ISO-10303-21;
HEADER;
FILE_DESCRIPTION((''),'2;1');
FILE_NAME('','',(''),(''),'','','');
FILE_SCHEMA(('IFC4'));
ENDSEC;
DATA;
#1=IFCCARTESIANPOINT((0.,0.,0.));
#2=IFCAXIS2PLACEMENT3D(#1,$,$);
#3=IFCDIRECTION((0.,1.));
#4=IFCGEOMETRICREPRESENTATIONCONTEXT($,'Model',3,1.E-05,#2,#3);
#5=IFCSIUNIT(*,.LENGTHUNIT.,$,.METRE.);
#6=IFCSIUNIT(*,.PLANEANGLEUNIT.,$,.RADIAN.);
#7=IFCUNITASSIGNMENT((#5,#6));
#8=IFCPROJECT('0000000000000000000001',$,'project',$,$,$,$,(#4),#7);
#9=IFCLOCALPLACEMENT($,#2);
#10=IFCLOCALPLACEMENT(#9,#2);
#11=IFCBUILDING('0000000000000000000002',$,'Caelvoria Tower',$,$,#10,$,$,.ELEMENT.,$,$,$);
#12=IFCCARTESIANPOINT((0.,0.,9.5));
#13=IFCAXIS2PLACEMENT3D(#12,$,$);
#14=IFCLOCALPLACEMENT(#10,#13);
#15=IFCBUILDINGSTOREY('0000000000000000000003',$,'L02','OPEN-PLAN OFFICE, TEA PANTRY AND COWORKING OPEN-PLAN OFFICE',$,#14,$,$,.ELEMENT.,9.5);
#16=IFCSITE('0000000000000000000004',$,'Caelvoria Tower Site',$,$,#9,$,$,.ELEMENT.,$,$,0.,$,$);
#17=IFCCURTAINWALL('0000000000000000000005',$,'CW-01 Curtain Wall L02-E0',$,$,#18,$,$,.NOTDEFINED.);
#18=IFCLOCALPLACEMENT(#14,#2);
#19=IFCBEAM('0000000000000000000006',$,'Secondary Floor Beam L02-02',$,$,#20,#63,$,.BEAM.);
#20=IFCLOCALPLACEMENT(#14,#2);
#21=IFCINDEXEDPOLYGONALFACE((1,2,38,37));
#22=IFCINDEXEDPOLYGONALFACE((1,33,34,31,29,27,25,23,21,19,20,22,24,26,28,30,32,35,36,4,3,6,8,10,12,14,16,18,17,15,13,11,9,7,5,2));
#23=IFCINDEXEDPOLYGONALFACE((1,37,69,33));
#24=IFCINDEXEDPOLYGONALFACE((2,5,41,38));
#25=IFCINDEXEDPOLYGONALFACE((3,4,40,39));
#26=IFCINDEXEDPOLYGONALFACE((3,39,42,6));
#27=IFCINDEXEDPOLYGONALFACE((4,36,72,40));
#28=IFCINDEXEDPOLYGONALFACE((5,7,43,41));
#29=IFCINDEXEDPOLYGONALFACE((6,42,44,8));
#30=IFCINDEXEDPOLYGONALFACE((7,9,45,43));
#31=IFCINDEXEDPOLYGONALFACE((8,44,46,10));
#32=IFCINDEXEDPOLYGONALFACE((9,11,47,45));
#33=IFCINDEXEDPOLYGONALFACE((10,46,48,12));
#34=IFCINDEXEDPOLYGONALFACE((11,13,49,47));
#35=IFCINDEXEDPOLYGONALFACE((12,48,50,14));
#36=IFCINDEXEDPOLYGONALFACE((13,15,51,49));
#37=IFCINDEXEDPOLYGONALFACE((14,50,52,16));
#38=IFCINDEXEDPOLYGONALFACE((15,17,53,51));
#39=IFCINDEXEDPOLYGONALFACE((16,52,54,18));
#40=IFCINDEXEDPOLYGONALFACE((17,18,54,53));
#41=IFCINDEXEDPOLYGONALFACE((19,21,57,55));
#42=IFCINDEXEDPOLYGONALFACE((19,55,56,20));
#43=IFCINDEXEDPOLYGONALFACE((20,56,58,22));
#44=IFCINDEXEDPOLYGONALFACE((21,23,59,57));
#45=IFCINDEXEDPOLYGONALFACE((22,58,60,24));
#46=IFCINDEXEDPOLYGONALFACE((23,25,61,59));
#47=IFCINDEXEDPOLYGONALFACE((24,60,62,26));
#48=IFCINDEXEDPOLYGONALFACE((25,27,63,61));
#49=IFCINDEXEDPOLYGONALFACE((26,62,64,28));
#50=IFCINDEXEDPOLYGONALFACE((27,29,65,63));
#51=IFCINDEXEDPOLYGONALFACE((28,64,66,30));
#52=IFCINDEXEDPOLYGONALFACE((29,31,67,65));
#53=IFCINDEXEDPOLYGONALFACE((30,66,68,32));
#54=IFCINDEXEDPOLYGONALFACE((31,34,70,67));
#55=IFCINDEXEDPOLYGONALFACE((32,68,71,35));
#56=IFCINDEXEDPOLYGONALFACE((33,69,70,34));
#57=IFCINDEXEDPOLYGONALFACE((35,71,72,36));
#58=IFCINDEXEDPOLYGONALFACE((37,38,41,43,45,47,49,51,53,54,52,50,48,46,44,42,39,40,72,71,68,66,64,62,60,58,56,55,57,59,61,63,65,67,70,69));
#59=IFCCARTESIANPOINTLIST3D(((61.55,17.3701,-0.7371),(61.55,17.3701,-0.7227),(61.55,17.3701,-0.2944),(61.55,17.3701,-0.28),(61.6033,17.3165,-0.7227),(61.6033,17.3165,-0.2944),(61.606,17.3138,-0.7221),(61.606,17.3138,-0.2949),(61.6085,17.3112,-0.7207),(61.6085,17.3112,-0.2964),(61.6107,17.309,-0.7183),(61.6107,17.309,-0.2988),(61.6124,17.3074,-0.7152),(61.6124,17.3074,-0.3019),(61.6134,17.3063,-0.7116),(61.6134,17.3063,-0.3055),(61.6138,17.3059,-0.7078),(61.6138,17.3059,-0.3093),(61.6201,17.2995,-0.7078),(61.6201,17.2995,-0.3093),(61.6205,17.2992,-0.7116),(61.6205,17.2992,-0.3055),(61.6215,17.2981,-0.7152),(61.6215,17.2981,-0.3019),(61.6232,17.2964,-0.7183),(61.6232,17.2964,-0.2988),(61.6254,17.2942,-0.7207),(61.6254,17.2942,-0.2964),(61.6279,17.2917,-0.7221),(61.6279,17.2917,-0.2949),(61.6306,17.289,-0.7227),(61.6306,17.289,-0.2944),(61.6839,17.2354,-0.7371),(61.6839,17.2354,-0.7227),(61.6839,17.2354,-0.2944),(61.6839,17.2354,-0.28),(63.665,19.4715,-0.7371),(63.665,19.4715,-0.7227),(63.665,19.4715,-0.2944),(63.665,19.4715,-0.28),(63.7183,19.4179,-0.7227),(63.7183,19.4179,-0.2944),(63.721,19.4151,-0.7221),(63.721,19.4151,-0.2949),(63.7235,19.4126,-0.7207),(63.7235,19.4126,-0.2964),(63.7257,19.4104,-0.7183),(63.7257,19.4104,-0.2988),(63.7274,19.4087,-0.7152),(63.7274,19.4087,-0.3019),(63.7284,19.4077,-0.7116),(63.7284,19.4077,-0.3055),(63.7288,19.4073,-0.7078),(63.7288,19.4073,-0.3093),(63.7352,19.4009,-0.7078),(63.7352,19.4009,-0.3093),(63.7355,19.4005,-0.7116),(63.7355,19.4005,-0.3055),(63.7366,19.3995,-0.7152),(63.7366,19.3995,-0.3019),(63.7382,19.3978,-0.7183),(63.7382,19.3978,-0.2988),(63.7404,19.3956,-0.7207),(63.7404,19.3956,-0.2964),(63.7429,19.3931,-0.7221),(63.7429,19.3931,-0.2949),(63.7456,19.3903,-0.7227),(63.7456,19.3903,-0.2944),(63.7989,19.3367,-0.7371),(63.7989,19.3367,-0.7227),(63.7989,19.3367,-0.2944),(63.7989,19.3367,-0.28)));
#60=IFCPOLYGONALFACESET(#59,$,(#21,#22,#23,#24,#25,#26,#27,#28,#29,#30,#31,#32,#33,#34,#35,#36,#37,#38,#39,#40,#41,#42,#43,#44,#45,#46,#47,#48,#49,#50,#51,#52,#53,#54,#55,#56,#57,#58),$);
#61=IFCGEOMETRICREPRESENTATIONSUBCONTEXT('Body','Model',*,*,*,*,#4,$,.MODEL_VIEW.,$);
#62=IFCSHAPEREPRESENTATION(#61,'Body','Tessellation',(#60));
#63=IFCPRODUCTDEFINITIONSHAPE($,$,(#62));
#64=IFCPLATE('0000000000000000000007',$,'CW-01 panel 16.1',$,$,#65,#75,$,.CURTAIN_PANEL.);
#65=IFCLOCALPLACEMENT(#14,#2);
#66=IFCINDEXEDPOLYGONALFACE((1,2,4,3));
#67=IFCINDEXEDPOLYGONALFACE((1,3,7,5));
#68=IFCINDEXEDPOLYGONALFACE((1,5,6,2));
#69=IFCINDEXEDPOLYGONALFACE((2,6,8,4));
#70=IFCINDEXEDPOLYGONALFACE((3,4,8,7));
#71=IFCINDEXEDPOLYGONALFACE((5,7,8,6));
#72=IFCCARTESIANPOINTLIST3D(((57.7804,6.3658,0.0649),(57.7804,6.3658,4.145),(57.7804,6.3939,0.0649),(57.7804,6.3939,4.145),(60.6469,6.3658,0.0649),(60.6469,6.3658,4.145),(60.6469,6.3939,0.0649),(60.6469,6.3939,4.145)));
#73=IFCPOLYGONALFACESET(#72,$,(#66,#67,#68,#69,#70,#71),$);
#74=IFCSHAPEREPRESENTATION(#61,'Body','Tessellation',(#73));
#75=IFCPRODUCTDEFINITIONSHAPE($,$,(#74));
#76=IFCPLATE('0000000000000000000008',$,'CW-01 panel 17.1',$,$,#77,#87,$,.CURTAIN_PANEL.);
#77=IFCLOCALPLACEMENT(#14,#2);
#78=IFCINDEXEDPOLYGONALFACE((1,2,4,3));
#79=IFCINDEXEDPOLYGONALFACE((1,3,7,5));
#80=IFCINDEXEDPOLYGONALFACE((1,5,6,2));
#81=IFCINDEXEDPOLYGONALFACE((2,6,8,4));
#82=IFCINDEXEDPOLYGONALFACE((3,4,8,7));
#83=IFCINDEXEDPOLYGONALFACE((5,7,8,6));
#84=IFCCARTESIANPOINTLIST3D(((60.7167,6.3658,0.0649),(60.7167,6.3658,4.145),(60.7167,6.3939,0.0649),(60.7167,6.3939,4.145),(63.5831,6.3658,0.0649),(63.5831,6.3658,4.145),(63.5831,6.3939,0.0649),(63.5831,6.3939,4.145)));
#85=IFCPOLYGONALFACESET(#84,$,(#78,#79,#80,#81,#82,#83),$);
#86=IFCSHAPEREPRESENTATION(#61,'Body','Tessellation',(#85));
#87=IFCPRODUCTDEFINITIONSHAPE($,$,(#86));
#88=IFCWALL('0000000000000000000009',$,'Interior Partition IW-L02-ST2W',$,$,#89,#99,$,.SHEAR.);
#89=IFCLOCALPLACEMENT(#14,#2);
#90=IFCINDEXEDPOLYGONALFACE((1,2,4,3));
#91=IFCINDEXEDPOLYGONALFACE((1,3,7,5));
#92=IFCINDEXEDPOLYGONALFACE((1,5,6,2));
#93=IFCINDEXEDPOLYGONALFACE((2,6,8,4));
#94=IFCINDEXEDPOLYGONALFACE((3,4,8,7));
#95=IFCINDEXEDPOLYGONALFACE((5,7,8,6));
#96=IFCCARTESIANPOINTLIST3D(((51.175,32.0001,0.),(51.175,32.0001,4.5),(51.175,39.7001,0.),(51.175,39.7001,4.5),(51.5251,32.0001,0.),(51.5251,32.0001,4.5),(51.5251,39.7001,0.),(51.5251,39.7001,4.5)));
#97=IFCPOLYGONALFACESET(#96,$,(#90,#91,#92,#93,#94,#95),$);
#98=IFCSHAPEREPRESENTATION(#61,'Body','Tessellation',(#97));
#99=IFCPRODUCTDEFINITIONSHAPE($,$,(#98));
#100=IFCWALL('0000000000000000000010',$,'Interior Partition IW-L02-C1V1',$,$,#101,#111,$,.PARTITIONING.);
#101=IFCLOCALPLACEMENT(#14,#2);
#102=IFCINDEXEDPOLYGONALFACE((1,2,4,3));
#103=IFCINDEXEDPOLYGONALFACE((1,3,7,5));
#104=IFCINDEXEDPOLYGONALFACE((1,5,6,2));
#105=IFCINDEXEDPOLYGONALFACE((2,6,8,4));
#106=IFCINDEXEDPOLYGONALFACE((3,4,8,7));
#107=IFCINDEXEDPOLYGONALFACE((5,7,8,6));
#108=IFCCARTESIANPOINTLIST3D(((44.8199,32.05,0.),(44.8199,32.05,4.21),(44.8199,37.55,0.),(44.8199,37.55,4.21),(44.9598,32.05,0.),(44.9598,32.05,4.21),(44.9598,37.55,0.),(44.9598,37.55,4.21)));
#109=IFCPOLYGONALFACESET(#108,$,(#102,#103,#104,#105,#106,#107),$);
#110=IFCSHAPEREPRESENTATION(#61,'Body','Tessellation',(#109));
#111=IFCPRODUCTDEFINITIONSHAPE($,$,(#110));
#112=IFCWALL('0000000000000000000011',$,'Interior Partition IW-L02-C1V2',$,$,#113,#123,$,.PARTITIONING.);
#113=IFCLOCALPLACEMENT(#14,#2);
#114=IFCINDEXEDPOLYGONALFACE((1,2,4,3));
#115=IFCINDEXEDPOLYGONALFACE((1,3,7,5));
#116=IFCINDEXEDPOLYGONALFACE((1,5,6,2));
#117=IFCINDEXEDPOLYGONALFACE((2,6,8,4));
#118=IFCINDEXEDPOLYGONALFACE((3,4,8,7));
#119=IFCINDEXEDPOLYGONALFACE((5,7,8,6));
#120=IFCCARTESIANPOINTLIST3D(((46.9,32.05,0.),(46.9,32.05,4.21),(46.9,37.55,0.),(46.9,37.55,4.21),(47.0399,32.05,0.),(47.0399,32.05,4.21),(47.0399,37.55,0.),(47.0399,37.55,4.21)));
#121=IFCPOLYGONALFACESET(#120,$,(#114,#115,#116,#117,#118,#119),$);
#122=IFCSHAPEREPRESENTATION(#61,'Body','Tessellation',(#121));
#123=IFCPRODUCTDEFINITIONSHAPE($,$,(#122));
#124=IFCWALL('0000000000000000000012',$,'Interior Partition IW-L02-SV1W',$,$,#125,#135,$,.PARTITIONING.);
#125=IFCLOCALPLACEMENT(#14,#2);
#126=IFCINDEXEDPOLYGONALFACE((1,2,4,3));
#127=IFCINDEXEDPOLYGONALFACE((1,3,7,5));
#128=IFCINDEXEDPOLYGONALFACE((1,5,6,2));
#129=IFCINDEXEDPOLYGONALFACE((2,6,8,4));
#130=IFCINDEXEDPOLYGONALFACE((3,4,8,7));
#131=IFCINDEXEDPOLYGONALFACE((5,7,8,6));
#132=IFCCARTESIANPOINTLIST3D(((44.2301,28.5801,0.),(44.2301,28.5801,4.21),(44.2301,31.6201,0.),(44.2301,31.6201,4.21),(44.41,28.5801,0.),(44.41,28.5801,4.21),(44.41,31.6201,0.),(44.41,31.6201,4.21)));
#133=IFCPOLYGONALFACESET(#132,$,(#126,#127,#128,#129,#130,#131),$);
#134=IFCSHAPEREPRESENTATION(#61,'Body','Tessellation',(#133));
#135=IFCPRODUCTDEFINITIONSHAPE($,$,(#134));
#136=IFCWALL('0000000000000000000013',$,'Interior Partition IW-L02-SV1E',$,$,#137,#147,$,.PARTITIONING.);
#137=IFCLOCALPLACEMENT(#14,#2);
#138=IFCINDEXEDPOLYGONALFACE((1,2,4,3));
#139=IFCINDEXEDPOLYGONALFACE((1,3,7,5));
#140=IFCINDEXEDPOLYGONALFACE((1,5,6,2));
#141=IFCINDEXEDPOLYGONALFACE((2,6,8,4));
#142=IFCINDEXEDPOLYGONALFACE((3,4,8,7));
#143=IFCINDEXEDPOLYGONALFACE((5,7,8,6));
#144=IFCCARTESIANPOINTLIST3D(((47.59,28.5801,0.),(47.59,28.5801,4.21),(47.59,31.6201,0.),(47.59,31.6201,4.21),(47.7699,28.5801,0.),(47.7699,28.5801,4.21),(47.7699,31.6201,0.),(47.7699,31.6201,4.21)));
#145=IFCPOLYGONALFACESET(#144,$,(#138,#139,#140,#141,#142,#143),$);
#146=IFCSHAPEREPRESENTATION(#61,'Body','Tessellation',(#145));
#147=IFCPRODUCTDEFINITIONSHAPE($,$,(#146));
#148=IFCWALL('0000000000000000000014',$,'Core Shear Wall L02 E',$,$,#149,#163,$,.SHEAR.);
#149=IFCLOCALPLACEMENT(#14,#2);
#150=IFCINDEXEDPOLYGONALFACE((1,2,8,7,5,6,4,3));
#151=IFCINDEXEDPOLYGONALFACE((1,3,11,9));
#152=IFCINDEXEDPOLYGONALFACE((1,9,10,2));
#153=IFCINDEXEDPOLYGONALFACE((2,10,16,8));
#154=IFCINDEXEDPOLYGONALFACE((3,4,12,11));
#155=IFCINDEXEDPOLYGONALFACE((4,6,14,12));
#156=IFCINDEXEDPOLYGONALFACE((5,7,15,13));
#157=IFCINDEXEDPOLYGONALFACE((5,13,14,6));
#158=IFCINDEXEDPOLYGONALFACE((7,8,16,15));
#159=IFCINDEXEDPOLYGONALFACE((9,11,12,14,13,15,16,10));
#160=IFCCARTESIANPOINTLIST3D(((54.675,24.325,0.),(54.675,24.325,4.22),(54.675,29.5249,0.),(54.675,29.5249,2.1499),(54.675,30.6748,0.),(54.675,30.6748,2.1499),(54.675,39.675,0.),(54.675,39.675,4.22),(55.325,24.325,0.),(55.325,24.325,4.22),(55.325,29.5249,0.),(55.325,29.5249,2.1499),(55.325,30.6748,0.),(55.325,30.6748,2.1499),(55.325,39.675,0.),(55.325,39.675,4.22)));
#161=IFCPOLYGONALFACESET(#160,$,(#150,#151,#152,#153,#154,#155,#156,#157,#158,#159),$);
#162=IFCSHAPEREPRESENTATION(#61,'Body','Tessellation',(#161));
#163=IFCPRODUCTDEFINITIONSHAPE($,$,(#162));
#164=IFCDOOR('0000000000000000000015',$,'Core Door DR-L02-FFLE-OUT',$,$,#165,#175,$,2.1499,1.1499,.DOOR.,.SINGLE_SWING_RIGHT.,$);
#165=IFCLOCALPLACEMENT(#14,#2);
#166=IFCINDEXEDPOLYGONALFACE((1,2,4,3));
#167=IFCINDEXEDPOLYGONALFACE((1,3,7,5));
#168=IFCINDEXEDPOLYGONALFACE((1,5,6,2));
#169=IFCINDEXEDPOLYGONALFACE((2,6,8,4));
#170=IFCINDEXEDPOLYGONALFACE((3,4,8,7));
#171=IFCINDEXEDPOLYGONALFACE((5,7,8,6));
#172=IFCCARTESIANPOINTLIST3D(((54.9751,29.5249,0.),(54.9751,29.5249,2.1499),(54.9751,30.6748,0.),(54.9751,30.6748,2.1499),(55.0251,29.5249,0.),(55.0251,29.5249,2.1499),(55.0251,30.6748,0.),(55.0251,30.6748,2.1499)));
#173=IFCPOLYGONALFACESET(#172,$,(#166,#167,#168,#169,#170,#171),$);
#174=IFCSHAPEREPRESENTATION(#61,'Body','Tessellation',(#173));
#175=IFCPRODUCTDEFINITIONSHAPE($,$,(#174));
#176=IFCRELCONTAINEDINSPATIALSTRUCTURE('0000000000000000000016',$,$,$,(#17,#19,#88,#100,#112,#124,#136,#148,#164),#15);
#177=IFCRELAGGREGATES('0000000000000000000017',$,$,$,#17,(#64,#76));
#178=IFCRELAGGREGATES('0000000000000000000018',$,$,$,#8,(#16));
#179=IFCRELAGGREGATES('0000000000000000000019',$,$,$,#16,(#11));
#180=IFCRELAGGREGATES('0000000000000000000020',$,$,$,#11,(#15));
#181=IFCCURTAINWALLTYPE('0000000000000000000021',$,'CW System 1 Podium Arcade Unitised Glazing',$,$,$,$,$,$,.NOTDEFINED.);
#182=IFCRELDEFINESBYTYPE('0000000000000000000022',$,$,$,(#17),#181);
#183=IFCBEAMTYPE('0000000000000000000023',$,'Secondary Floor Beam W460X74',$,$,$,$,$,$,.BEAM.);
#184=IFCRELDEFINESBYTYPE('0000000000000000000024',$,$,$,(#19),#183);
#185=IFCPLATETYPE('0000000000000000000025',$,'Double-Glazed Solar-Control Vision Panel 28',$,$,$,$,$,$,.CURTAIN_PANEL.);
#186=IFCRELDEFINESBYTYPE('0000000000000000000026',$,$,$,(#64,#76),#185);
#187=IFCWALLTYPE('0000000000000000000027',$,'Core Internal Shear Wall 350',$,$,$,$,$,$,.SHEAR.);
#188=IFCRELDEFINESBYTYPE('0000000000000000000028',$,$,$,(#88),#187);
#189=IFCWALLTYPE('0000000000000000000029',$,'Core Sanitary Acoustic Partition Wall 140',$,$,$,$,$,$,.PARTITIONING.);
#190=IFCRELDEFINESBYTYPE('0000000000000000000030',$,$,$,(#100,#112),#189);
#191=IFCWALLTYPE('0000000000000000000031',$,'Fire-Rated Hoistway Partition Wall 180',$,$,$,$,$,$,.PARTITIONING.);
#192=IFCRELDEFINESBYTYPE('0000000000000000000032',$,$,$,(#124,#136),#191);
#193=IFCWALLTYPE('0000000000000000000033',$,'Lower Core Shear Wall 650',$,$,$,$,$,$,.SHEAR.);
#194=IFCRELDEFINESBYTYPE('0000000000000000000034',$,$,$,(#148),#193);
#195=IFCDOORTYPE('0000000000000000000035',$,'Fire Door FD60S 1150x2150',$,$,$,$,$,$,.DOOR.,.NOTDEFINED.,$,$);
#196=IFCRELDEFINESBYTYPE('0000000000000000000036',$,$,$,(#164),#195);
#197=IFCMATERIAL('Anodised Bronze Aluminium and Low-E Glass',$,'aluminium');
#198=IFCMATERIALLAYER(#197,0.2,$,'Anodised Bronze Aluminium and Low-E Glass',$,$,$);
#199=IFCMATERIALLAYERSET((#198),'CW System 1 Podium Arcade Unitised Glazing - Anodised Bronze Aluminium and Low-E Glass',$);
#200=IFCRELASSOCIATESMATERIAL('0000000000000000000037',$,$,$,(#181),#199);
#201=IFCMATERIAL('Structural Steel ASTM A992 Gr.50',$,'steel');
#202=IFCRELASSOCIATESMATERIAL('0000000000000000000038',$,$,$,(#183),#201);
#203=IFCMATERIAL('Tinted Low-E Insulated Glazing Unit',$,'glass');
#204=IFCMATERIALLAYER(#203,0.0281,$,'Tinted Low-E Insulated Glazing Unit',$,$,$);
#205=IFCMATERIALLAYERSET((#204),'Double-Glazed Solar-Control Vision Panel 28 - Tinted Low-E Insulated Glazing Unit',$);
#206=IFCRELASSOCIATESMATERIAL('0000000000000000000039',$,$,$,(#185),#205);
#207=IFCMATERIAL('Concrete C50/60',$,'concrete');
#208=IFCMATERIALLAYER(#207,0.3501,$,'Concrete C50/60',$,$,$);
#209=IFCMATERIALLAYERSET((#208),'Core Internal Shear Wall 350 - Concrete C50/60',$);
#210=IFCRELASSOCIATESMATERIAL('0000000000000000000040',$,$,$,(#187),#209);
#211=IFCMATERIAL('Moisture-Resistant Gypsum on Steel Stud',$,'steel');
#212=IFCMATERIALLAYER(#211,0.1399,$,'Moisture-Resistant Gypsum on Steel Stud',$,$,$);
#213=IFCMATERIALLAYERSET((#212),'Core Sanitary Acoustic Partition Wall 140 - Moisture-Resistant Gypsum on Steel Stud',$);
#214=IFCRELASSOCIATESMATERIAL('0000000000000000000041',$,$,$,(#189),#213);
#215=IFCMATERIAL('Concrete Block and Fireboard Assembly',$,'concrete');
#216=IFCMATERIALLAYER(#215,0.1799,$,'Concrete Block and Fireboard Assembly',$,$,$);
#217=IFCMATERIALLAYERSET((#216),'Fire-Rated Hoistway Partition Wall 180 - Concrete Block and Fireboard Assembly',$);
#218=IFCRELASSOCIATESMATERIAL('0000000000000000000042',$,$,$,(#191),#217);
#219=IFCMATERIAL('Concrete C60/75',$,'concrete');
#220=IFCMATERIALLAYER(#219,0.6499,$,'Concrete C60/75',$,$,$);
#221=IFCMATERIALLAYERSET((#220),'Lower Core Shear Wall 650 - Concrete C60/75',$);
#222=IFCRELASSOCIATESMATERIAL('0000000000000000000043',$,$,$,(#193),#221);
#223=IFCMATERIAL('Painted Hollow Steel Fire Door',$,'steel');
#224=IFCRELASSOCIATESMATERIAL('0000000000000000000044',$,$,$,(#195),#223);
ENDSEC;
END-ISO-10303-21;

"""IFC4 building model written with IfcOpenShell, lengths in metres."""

from ifc_helpers import new_model, si_unit, direction, frame, frame_2d, origin, origin_2d, place, context, subcontext, project, spatial, rectangle, i_section, extrude, material, layer, layer_set, material_profile, profile_set, type_object, element, fill, aggregate, save


model = new_model("IFC4")

# Units and contexts
model_context = context("Model", 3, precision=1e-05, world=origin(), true_north=direction((0.0, 1.0)))
body_context = subcontext(model_context, "Body", "Model", "MODEL_VIEW")
ifc_project = project(units=[si_unit("LENGTHUNIT", "METRE"), si_unit("PLANEANGLEUNIT", "RADIAN")], contexts=[model_context])

# Site, building, storey
site_placement = place(None, origin())
site = spatial("IfcSite", under=ifc_project, at=site_placement, Name="Caelvoria Tower Site", CompositionType="ELEMENT", RefElevation=0.0)
building_placement = place(site_placement, origin())
building = spatial("IfcBuilding", under=site, at=building_placement, Name="Caelvoria Tower", CompositionType="ELEMENT")
storey_placement = place(building_placement, frame((0.0, 0.0, 9.5)))
storey = spatial("IfcBuildingStorey", under=building, at=storey_placement, Name="L02", Description="OPEN-PLAN OFFICE, TEA PANTRY AND COWORKING OPEN-PLAN OFFICE", CompositionType="ELEMENT", Elevation=9.5)

# Curtain wall
ifc_material_1 = material(Name="Anodised Bronze Aluminium and Low-E Glass", Category="aluminium")
ifc_layer_1 = layer(ifc_material_1, 0.2, Name="Anodised Bronze Aluminium and Low-E Glass")
ifc_layer_set_1 = layer_set([ifc_layer_1], Name="CW System 1 Podium Arcade Unitised Glazing - Anodised Bronze Aluminium and Low-E Glass")
curtain_wall_type = type_object("IfcCurtainWallType", Name="CW System 1 Podium Arcade Unitised Glazing", PredefinedType="NOTDEFINED", material=ifc_layer_set_1)
curtain_wall_placement = place(storey_placement, origin())
curtain_wall = element("IfcCurtainWall", 1, at=curtain_wall_placement, inside=storey, type_object=curtain_wall_type, Name="CW-01 Curtain Wall L02-E0", PredefinedType="NOTDEFINED")

# Beam
ifc_material_2 = material(Name="Structural Steel ASTM A992 Gr.50", Category="steel")
ifc_material_profile_1 = material_profile(ifc_material_2, i_section(OverallWidth=0.1899, OverallDepth=0.457, WebThickness=0.009, FlangeThickness=0.0144, FilletRadius=0.0149, at=origin_2d()), Name="Structural Steel ASTM A992 Gr.50")
ifc_profile_set_1 = profile_set([ifc_material_profile_1], Name="W460X74 - Structural Steel ASTM A992 Gr.50")
beam_type_1 = type_object("IfcBeamType", Name="Secondary Floor Beam W460X74", PredefinedType="BEAM", material=ifc_profile_set_1)
beam_1_placement = place(storey_placement, frame((61.6169, 17.3027, -0.5085), z_axis=(0.709396, 0.70481, 0.0), x_axis=(-0.70481, 0.709396, 0.0)))
element("IfcBeam", 2, at=beam_1_placement, inside=storey, type_object=beam_type_1, Name="Secondary Floor Beam L02-02", PredefinedType="BEAM", context=body_context, shape_type="SweptSolid", body=[
    extrude(i_section(OverallWidth=0.1899, OverallDepth=0.457, WebThickness=0.009, FlangeThickness=0.0144, FilletRadius=0.0149, at=origin_2d()), origin(), (0.0, 0.0, 1.0), 2.9814),
])

# Plates
ifc_material_3 = material(Name="Tinted Low-E Insulated Glazing Unit", Category="glass")
ifc_layer_2 = layer(ifc_material_3, 0.0281, Name="Tinted Low-E Insulated Glazing Unit")
ifc_layer_set_2 = layer_set([ifc_layer_2], Name="Double-Glazed Solar-Control Vision Panel 28 - Tinted Low-E Insulated Glazing Unit")
plate_type = type_object("IfcPlateType", Name="Double-Glazed Solar-Control Vision Panel 28", PredefinedType="CURTAIN_PANEL", material=ifc_layer_set_2)
plate_1_placement = place(storey_placement, frame((59.2136, 6.3799, 0.0649), z_axis=(0.0, 0.0, 1.0), x_axis=(1.0, 0.0, 0.0)))
plate_1 = element("IfcPlate", 3, at=plate_1_placement, type_object=plate_type, Name="CW-01 panel 16.1", PredefinedType="CURTAIN_PANEL", context=body_context, shape_type="SweptSolid", body=[
    extrude(rectangle(XDim=2.8665, YDim=0.0281, at=origin_2d()), origin(), (0.0, 0.0, 1.0), 4.0801),
])
plate_2_placement = place(storey_placement, frame((62.1499, 6.3799, 0.0649), z_axis=(0.0, 0.0, 1.0), x_axis=(1.0, 0.0, 0.0)))
plate_2 = element("IfcPlate", 4, at=plate_2_placement, type_object=plate_type, Name="CW-01 panel 17.1", PredefinedType="CURTAIN_PANEL", context=body_context, shape_type="SweptSolid", body=[
    extrude(rectangle(XDim=2.8665, YDim=0.0281, at=origin_2d()), origin(), (0.0, 0.0, 1.0), 4.0801),
])
aggregate(curtain_wall, [plate_1, plate_2])

# Walls
ifc_material_4 = material(Name="Concrete C50/60", Category="concrete")
ifc_layer_3 = layer(ifc_material_4, 0.3501, Name="Concrete C50/60")
ifc_layer_set_3 = layer_set([ifc_layer_3], Name="Core Internal Shear Wall 350 - Concrete C50/60")
wall_type_1 = type_object("IfcWallType", Name="Core Internal Shear Wall 350", PredefinedType="SHEAR", material=ifc_layer_set_3)
wall_1_placement = place(storey_placement, frame((51.3501, 32.0, 0.0), z_axis=(0.0, 0.0, 1.0), x_axis=(0.0, 1.0, 0.0)))
element("IfcWall", 5, at=wall_1_placement, inside=storey, type_object=wall_type_1, Name="Interior Partition IW-L02-ST2W", PredefinedType="SHEAR", context=body_context, shape_type="SweptSolid", body=[
    extrude(rectangle(XDim=7.7, YDim=0.3501, at=frame_2d((3.8501, 0.0))), origin(), (0.0, 0.0, 1.0), 4.5),
])
ifc_material_5 = material(Name="Moisture-Resistant Gypsum on Steel Stud", Category="steel")
ifc_layer_4 = layer(ifc_material_5, 0.1399, Name="Moisture-Resistant Gypsum on Steel Stud")
ifc_layer_set_4 = layer_set([ifc_layer_4], Name="Core Sanitary Acoustic Partition Wall 140 - Moisture-Resistant Gypsum on Steel Stud")
wall_type_2 = type_object("IfcWallType", Name="Core Sanitary Acoustic Partition Wall 140", PredefinedType="PARTITIONING", material=ifc_layer_set_4)
for number, where, z_axis, x_axis, name in (
    (6, (44.8899, 32.05, 0.0), (0.0, 0.0, 1.0), (0.0, 1.0, 0.0), "Interior Partition IW-L02-C1V1"),
    (7, (46.97, 32.05, 0.0), (0.0, 0.0, 1.0), (0.0, 1.0, 0.0), "Interior Partition IW-L02-C1V2"),
):
    element("IfcWall", number, at=place(storey_placement, frame(where, z_axis=z_axis, x_axis=x_axis)), inside=storey, type_object=wall_type_2, Name=name, PredefinedType="PARTITIONING", context=body_context, shape_type="SweptSolid", body=[
        extrude(rectangle(XDim=5.5, YDim=0.1399, at=frame_2d((2.75, 0.0))), origin(), (0.0, 0.0, 1.0), 4.21),
    ])
ifc_material_6 = material(Name="Concrete Block and Fireboard Assembly", Category="concrete")
ifc_layer_5 = layer(ifc_material_6, 0.1799, Name="Concrete Block and Fireboard Assembly")
ifc_layer_set_5 = layer_set([ifc_layer_5], Name="Fire-Rated Hoistway Partition Wall 180 - Concrete Block and Fireboard Assembly")
wall_type_3 = type_object("IfcWallType", Name="Fire-Rated Hoistway Partition Wall 180", PredefinedType="PARTITIONING", material=ifc_layer_set_5)
for number, where, z_axis, x_axis, name in (
    (8, (44.3201, 28.5801, 0.0), (0.0, 0.0, 1.0), (0.0, 1.0, 0.0), "Interior Partition IW-L02-SV1W"),
    (9, (47.6799, 28.5801, 0.0), (0.0, 0.0, 1.0), (0.0, 1.0, 0.0), "Interior Partition IW-L02-SV1E"),
):
    element("IfcWall", number, at=place(storey_placement, frame(where, z_axis=z_axis, x_axis=x_axis)), inside=storey, type_object=wall_type_3, Name=name, PredefinedType="PARTITIONING", context=body_context, shape_type="SweptSolid", body=[
        extrude(rectangle(XDim=3.04, YDim=0.1799, at=frame_2d((1.52, 0.0))), origin(), (0.0, 0.0, 1.0), 4.21),
    ])

# Wall, opening, door
ifc_material_7 = material(Name="Concrete C60/75", Category="concrete")
ifc_layer_6 = layer(ifc_material_7, 0.6499, Name="Concrete C60/75")
ifc_layer_set_6 = layer_set([ifc_layer_6], Name="Lower Core Shear Wall 650 - Concrete C60/75")
wall_type_4 = type_object("IfcWallType", Name="Lower Core Shear Wall 650", PredefinedType="SHEAR", material=ifc_layer_set_6)
wall_2_placement = place(storey_placement, frame((55.0, 24.325, 0.0), z_axis=(0.0, 0.0, 1.0), x_axis=(0.0, 1.0, 0.0)))
wall_2 = element("IfcWall", 10, at=wall_2_placement, inside=storey, type_object=wall_type_4, Name="Core Shear Wall L02 E", PredefinedType="SHEAR", context=body_context, shape_type="SweptSolid", body=[
    extrude(rectangle(XDim=15.3501, YDim=0.6499, at=frame_2d((7.675, 0.0))), origin(), (0.0, 0.0, 1.0), 4.22),
])
opening_1_placement = place(wall_2_placement, frame((5.2, 0.0, 0.0)))
opening_1 = element("IfcOpeningElement", 11, at=opening_1_placement, cuts=wall_2, PredefinedType="OPENING", context=body_context, shape_type="SweptSolid", body=[
    extrude(rectangle(XDim=1.1499, YDim=2.1499, at=frame_2d((0.575, 1.075))), frame((0.0, 0.335, 0.0), z_axis=(0.0, -1.0, 0.0), x_axis=(1.0, 0.0, 0.0)), (0.0, 0.0, 1.0), 0.6699),
])
ifc_material_8 = material(Name="Painted Hollow Steel Fire Door", Category="steel")
door_type_1 = type_object("IfcDoorType", Name="Fire Door FD60S 1150x2150", OperationType="NOTDEFINED", PredefinedType="DOOR", material=ifc_material_8)
door_1_placement = place(opening_1_placement, origin())
door_1 = element("IfcDoor", 12, at=door_1_placement, inside=storey, type_object=door_type_1, Name="Core Door DR-L02-FFLE-OUT", OperationType="SINGLE_SWING_RIGHT", OverallHeight=2.1499, OverallWidth=1.1499, PredefinedType="DOOR", context=body_context, shape_type="SweptSolid", body=[
    extrude(rectangle(XDim=1.1499, YDim=2.1499, at=frame_2d((0.575, 1.075))), frame((0.0, 0.0249, 0.0), z_axis=(0.0, -1.0, 0.0), x_axis=(1.0, 0.0, 0.0)), (0.0, 0.0, 1.0), 0.05),
])
fill(opening_1, door_1)

save(model, "model.ifc")
